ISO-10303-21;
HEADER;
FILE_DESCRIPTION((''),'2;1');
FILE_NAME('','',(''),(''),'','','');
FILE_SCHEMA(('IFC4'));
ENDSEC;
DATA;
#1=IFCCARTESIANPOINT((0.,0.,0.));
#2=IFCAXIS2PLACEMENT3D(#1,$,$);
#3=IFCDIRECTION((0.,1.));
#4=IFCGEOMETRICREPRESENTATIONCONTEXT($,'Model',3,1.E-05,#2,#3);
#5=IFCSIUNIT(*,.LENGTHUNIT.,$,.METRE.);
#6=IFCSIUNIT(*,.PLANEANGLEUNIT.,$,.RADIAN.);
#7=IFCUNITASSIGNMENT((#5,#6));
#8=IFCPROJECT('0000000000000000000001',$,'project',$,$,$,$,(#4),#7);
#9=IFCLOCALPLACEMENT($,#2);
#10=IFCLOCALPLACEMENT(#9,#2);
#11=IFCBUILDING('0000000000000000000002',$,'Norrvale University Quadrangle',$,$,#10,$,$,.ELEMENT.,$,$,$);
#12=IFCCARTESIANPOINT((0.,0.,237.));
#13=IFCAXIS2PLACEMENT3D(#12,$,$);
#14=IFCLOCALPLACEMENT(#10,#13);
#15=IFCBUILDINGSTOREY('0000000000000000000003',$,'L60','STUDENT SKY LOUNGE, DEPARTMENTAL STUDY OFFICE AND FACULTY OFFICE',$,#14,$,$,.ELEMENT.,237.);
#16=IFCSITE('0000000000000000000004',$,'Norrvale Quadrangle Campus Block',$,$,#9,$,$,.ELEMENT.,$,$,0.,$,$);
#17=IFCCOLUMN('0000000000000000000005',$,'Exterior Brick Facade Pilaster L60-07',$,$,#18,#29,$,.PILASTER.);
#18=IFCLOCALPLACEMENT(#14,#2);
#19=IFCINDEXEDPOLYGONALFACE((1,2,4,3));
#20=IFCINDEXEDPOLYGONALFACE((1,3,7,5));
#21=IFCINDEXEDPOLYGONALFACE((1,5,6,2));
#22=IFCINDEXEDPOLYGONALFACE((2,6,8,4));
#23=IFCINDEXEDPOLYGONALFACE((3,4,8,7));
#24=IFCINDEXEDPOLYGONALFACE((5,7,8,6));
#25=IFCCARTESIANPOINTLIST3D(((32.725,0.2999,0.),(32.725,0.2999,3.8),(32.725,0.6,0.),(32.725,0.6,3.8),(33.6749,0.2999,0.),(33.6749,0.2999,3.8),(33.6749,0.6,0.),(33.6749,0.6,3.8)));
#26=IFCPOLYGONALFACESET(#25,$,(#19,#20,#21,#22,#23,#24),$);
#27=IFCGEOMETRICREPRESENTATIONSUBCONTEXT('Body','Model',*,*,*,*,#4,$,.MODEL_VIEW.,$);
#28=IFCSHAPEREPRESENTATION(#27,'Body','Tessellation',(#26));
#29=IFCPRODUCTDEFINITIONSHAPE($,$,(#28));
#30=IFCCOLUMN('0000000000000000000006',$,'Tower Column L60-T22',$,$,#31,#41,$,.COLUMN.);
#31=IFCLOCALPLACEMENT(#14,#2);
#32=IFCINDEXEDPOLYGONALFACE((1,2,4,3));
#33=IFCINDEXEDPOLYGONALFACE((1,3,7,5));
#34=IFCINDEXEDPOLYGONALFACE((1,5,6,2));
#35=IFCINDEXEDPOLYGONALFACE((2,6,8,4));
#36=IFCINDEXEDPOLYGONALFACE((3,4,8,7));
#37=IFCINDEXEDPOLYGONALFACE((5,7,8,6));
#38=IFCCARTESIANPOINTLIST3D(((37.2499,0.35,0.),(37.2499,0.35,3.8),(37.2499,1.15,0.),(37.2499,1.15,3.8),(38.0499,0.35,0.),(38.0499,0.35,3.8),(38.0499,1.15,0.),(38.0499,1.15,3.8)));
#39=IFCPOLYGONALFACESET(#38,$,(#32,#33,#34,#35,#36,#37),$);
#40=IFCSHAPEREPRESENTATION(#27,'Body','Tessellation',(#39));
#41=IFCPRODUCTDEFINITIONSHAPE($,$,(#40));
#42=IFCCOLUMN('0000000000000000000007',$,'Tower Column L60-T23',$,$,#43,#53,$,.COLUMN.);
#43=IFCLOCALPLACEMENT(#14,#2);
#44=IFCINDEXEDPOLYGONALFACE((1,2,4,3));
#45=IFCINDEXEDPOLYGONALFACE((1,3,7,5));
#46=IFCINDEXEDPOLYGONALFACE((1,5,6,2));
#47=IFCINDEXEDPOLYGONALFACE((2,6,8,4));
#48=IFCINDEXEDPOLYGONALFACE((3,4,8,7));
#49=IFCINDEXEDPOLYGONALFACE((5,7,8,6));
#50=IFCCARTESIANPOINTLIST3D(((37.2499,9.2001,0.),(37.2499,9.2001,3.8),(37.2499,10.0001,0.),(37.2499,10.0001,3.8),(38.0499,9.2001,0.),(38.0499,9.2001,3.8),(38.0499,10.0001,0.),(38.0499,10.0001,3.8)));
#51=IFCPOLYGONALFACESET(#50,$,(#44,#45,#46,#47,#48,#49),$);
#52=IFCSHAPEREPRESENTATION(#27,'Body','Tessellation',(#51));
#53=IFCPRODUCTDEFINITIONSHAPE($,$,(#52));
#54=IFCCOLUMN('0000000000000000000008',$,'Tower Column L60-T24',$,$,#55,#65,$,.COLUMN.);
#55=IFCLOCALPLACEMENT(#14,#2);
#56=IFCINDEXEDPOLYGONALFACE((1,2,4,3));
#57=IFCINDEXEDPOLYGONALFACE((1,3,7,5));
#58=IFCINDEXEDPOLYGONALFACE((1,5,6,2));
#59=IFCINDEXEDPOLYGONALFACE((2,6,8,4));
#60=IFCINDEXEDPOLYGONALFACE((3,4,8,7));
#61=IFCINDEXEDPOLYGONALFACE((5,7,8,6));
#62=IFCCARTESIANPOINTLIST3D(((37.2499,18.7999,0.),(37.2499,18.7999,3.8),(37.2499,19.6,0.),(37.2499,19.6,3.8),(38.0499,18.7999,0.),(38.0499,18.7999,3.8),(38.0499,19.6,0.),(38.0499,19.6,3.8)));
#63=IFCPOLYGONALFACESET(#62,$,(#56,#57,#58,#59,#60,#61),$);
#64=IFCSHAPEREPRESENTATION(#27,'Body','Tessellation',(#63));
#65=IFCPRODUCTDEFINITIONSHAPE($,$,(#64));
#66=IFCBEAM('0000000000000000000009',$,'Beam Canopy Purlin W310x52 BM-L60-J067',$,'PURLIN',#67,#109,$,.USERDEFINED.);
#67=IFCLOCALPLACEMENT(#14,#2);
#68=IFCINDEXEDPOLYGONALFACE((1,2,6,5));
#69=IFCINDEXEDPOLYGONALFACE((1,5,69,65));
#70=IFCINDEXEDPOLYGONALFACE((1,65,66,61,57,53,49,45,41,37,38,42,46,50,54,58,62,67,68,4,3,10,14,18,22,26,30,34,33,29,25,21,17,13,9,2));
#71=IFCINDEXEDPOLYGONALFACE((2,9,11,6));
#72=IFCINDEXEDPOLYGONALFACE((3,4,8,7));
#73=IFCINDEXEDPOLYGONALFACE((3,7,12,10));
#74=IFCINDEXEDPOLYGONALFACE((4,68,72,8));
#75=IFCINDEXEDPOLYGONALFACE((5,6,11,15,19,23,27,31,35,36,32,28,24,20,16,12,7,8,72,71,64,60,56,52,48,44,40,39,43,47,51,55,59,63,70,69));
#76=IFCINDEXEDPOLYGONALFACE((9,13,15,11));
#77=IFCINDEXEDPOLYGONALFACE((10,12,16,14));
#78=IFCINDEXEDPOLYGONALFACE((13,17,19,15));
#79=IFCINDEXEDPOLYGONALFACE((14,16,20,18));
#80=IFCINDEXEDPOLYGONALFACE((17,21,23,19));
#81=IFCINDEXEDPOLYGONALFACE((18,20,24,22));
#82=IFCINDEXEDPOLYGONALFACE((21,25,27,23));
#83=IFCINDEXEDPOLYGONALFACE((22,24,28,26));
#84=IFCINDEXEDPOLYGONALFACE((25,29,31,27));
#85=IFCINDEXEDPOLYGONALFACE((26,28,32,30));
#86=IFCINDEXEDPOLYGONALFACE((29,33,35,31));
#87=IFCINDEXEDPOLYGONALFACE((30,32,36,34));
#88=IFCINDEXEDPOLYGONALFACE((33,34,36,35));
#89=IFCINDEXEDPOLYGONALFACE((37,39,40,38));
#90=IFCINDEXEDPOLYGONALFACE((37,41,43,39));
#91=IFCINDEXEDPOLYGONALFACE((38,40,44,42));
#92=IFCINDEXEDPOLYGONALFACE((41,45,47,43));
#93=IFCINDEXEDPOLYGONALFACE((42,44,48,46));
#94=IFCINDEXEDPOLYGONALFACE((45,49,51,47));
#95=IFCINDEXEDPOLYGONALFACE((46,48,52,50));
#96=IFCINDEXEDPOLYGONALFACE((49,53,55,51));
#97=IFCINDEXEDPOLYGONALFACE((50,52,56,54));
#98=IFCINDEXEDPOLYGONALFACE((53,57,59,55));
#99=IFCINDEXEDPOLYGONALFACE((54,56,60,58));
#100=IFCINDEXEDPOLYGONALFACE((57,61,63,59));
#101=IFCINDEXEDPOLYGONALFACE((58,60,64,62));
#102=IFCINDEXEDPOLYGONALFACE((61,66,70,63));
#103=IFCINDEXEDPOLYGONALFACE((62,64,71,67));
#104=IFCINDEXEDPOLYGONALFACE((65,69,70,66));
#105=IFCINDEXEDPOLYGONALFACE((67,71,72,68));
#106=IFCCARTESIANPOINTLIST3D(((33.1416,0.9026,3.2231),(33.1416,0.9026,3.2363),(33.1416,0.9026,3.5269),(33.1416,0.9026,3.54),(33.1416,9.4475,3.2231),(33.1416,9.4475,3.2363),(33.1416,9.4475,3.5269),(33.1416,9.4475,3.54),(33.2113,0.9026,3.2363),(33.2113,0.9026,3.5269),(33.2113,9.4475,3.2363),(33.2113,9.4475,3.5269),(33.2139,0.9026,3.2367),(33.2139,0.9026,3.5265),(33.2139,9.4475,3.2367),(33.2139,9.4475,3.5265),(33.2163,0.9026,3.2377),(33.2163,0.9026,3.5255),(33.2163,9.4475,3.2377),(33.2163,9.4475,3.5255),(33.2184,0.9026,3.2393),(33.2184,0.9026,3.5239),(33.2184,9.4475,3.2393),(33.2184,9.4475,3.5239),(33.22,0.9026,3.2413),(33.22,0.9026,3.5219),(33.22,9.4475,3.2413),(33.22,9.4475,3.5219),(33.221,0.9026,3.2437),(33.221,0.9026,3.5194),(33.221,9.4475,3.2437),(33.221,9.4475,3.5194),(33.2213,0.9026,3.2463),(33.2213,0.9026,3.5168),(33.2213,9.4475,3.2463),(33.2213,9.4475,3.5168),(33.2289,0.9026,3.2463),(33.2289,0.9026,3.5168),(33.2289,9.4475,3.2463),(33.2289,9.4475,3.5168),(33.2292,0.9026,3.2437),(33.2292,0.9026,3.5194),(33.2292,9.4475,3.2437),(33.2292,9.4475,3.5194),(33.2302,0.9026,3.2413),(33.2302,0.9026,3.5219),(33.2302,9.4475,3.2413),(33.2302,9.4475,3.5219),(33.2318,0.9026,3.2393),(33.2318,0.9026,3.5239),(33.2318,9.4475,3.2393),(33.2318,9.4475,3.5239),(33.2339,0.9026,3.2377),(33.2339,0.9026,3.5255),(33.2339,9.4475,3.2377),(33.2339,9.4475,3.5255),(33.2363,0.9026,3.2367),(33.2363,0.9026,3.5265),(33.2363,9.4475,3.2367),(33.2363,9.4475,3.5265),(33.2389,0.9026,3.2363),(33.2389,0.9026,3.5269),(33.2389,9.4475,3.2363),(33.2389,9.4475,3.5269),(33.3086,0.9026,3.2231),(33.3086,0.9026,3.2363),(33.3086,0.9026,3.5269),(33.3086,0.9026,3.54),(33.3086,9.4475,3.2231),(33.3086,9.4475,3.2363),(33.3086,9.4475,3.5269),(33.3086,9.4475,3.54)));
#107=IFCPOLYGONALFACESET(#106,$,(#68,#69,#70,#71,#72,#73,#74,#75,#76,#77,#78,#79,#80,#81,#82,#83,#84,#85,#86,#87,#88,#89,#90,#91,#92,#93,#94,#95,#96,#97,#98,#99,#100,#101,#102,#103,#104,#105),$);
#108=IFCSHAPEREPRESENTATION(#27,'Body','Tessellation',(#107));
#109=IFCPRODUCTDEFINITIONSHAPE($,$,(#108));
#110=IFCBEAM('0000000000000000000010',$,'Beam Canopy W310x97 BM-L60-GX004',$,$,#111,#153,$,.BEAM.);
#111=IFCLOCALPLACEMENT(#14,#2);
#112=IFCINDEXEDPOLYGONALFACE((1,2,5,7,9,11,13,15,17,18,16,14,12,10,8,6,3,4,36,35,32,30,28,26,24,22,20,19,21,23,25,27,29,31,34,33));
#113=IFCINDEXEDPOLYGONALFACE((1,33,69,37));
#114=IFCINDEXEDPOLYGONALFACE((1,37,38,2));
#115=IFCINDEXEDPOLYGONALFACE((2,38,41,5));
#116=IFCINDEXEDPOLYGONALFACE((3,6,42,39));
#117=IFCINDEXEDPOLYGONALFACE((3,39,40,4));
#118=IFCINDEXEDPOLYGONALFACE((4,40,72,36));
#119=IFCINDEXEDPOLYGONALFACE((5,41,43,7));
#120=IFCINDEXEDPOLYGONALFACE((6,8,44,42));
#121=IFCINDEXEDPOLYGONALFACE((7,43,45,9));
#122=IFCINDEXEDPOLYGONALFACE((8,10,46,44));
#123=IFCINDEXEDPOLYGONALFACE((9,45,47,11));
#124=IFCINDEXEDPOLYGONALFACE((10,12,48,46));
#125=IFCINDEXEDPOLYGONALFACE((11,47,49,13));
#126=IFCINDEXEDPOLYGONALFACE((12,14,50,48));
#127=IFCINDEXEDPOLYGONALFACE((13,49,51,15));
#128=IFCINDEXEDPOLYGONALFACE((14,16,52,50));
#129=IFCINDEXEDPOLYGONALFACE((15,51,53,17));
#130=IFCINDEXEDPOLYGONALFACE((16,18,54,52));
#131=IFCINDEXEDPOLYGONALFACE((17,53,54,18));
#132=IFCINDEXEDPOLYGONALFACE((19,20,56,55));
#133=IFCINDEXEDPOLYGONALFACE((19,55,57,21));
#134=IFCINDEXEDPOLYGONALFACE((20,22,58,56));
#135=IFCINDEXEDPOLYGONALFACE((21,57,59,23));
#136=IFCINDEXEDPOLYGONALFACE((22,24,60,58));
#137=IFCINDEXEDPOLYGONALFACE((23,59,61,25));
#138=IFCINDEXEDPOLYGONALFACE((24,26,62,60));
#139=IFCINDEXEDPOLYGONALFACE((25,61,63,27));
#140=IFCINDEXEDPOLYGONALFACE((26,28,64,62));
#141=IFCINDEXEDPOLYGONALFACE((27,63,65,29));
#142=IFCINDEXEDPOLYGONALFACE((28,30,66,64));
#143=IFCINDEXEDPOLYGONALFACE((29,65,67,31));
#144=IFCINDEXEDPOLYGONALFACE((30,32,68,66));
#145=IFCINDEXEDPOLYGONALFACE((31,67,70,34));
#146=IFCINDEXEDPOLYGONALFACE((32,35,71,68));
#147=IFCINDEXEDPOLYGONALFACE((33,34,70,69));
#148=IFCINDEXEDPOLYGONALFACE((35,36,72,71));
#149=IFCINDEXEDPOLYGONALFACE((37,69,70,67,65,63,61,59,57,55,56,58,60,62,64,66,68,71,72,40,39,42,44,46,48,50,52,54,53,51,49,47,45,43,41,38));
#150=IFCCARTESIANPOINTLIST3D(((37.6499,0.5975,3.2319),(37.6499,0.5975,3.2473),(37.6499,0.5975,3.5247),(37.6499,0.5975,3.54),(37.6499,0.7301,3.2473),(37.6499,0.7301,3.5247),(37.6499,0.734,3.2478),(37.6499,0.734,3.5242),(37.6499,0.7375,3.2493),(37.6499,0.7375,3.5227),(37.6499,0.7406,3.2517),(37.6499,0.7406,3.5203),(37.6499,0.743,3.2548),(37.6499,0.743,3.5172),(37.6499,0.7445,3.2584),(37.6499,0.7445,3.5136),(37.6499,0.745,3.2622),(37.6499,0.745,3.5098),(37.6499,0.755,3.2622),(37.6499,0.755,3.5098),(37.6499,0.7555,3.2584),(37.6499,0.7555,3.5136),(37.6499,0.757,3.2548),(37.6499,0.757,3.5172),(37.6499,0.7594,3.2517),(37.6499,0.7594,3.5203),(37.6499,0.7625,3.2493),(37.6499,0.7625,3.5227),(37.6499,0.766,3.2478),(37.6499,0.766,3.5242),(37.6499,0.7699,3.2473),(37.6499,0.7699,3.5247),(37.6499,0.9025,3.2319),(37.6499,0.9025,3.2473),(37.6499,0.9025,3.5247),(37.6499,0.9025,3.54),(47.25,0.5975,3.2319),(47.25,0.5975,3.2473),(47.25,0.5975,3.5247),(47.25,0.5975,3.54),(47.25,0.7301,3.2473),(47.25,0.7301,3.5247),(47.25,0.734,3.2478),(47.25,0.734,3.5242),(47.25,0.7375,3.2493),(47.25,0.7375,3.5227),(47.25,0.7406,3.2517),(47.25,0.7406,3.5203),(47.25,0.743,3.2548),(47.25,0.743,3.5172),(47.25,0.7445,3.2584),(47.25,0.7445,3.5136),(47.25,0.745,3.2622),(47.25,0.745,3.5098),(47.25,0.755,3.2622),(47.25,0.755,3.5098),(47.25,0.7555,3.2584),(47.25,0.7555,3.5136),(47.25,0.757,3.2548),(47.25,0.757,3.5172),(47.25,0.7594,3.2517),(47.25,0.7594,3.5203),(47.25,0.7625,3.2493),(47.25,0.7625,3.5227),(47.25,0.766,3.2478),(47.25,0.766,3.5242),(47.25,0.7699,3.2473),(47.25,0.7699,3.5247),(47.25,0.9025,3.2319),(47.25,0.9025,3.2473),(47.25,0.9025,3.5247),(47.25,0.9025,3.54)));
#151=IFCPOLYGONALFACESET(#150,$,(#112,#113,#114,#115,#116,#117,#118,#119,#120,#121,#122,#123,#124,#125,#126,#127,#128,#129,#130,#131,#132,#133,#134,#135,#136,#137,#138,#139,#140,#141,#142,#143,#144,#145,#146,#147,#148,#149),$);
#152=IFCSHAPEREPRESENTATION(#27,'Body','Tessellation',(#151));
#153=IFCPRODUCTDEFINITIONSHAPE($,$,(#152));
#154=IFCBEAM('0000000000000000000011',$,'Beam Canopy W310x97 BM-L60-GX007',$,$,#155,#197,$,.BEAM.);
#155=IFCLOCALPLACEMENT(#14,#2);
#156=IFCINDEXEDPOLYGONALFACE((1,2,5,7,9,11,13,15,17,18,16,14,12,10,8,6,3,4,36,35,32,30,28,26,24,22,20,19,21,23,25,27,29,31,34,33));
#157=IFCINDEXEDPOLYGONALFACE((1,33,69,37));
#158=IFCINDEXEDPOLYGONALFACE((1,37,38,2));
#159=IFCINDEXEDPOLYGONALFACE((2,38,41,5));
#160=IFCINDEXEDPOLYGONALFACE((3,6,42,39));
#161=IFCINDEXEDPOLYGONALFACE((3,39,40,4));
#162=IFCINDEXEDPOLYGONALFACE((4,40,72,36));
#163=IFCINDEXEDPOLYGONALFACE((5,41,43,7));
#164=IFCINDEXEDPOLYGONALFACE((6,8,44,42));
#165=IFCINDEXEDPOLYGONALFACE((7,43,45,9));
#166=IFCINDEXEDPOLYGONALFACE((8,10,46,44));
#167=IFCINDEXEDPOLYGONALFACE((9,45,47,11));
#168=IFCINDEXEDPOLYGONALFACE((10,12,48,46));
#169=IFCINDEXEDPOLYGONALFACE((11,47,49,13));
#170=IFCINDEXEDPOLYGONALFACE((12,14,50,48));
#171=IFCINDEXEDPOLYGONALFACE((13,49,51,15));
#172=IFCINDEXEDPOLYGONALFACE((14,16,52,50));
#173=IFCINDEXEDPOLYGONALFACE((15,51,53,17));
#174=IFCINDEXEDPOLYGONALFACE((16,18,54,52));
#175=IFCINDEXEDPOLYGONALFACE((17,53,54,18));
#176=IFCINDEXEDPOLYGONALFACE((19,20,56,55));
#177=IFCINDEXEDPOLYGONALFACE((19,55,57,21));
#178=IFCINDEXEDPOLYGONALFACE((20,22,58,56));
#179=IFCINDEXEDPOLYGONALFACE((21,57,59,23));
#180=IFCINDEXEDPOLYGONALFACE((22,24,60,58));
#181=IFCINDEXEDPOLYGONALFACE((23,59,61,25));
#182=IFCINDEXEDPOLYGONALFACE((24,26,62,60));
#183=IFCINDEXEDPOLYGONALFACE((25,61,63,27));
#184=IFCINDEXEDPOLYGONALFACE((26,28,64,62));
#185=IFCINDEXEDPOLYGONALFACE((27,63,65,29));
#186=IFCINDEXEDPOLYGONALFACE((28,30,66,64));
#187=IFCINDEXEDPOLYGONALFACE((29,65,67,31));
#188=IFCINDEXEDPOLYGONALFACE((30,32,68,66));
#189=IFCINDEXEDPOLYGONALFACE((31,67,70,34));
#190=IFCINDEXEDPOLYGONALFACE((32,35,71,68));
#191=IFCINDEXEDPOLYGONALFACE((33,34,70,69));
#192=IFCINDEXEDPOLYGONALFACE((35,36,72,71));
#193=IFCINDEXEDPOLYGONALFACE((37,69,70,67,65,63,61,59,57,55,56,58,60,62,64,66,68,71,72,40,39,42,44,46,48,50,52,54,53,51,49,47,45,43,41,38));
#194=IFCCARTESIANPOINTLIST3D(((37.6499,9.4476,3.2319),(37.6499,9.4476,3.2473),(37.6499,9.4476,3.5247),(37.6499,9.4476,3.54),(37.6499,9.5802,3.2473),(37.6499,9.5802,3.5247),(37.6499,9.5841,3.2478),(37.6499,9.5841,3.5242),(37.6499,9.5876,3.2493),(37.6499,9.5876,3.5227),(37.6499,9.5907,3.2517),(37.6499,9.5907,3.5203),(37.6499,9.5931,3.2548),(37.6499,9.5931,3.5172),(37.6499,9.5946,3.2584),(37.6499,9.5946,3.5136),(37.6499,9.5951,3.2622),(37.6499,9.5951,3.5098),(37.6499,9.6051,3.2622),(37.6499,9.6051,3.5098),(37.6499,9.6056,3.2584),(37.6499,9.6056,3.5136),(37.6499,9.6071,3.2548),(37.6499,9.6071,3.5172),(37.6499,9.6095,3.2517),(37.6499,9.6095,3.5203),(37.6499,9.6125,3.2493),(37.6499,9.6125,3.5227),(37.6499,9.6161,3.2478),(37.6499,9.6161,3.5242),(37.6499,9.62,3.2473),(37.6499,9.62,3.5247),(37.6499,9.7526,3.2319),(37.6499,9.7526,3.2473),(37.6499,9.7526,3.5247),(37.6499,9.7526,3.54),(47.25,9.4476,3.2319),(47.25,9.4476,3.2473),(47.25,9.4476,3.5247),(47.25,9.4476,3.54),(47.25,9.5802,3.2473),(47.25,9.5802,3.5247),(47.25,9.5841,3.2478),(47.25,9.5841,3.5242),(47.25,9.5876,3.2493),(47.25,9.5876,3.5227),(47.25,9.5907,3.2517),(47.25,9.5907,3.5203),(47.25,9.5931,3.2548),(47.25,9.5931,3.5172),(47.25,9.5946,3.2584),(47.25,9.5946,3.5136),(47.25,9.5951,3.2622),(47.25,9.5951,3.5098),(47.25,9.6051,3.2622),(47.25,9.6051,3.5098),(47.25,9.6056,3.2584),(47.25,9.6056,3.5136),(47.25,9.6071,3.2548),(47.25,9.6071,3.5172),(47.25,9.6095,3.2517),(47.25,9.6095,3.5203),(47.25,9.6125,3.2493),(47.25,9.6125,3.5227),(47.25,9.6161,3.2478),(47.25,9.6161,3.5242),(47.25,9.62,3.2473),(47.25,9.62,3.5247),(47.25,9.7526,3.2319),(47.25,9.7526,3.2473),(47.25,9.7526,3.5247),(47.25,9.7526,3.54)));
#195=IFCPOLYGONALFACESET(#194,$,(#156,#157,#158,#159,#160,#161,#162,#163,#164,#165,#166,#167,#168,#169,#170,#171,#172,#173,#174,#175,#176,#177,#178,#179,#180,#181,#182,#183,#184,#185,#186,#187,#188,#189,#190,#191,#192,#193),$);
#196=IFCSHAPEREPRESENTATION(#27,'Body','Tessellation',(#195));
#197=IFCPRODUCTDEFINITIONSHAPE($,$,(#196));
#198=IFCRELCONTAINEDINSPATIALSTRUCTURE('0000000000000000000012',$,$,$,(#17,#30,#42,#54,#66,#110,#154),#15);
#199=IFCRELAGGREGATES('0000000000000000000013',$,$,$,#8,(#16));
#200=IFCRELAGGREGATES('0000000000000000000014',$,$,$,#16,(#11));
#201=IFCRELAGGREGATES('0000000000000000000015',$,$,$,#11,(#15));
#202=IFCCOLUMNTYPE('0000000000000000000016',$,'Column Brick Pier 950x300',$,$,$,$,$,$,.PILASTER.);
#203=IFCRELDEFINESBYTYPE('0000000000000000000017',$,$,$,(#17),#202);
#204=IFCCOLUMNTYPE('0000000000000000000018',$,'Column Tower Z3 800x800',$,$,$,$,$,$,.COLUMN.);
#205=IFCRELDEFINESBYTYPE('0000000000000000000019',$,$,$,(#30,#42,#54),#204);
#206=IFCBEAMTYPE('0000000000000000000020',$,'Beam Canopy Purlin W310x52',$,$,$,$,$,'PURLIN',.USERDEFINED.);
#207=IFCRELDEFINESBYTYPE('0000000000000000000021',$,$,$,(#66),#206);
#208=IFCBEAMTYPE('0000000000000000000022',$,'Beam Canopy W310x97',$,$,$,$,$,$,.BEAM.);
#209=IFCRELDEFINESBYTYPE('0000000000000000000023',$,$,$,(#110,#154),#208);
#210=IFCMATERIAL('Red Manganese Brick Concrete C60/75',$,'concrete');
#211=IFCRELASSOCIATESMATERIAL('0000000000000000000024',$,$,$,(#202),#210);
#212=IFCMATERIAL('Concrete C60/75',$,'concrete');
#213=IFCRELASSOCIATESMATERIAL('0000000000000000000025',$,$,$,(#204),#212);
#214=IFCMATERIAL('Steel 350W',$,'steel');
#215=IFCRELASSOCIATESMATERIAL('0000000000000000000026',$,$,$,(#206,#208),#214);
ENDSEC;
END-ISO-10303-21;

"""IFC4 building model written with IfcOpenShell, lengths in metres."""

from ifc_helpers import new_model, si_unit, direction, frame, origin, origin_2d, place, context, subcontext, project, spatial, rectangle, i_section, extrude, material, material_profile, profile_set, type_object, element, save


model = new_model("IFC4")

# Units and contexts
model_context = context("Model", 3, precision=1e-05, world=origin(), true_north=direction((0.0, 1.0)))
body_context = subcontext(model_context, "Body", "Model", "MODEL_VIEW")
ifc_project = project(units=[si_unit("LENGTHUNIT", "METRE"), si_unit("PLANEANGLEUNIT", "RADIAN")], contexts=[model_context])

# Site, building, storey
site_placement = place(None, origin())
site = spatial("IfcSite", under=ifc_project, at=site_placement, Name="Norrvale Quadrangle Campus Block", CompositionType="ELEMENT", RefElevation=0.0)
building_placement = place(site_placement, origin())
building = spatial("IfcBuilding", under=site, at=building_placement, Name="Norrvale University Quadrangle", CompositionType="ELEMENT")
storey_placement = place(building_placement, frame((0.0, 0.0, 237.0)))
storey = spatial("IfcBuildingStorey", under=building, at=storey_placement, Name="L60", Description="STUDENT SKY LOUNGE, DEPARTMENTAL STUDY OFFICE AND FACULTY OFFICE", CompositionType="ELEMENT", Elevation=237.0)

# Columns
ifc_material_1 = material(Name="Red Manganese Brick Concrete C60/75", Category="concrete")
ifc_material_profile_1 = material_profile(ifc_material_1, rectangle(XDim=0.95, YDim=0.3, at=origin_2d()), Name="Red Manganese Brick Concrete C60/75")
ifc_profile_set_1 = profile_set([ifc_material_profile_1], Name="Red Manganese Brick Concrete C60/75")
column_type_1 = type_object("IfcColumnType", Name="Column Brick Pier 950x300", PredefinedType="PILASTER", material=ifc_profile_set_1)
column_placement = place(storey_placement, frame((33.2, 0.45, 0.0), z_axis=(0.0, 0.0, 1.0), x_axis=(1.0, 0.0, 0.0)))
element("IfcColumn", 1, at=column_placement, inside=storey, type_object=column_type_1, Name="Exterior Brick Facade Pilaster L60-07", PredefinedType="PILASTER", context=body_context, shape_type="SweptSolid", body=[
    extrude(rectangle(XDim=0.95, YDim=0.3, at=origin_2d()), origin(), (0.0, 0.0, 1.0), 3.8),
])
ifc_material_2 = material(Name="Concrete C60/75", Category="concrete")
ifc_material_profile_2 = material_profile(ifc_material_2, rectangle(XDim=0.8, YDim=0.8, at=origin_2d()), Name="Concrete C60/75")
ifc_profile_set_2 = profile_set([ifc_material_profile_2], Name="Concrete C60/75")
column_type_2 = type_object("IfcColumnType", Name="Column Tower Z3 800x800", PredefinedType="COLUMN", material=ifc_profile_set_2)
for number, where, z_axis, x_axis, name in (
    (2, (37.6499, 0.75, 0.0), (0.0, 0.0, 1.0), (1.0, 0.0, 0.0), "Tower Column L60-T22"),
    (3, (37.6499, 9.6001, 0.0), (0.0, 0.0, 1.0), (1.0, 0.0, 0.0), "Tower Column L60-T23"),
    (4, (37.6499, 19.2, 0.0), (0.0, 0.0, 1.0), (1.0, 0.0, 0.0), "Tower Column L60-T24"),
):
    element("IfcColumn", number, at=place(storey_placement, frame(where, z_axis=z_axis, x_axis=x_axis)), inside=storey, type_object=column_type_2, Name=name, PredefinedType="COLUMN", context=body_context, shape_type="SweptSolid", body=[
        extrude(rectangle(XDim=0.8, YDim=0.8, at=origin_2d()), origin(), (0.0, 0.0, 1.0), 3.8),
    ])

# Beams
ifc_material_3 = material(Name="Steel 350W", Category="steel")
ifc_material_profile_3 = material_profile(ifc_material_3, i_section(OverallWidth=0.167, OverallDepth=0.3169, WebThickness=0.0076, FlangeThickness=0.0132, FilletRadius=0.01, at=origin_2d()), Name="Steel 350W")
ifc_profile_set_3 = profile_set([ifc_material_profile_3], Name="Steel 350W")
beam_type_1 = type_object("IfcBeamType", Name="Beam Canopy Purlin W310x52", ElementType="PURLIN", PredefinedType="USERDEFINED", material=ifc_profile_set_3)
beam_1_placement = place(storey_placement, frame((33.2251, 0.9026, 3.3816), z_axis=(0.0, 1.0, 0.0), x_axis=(-1.0, 0.0, 0.0)))
element("IfcBeam", 5, at=beam_1_placement, inside=storey, type_object=beam_type_1, Name="Beam Canopy Purlin W310x52 BM-L60-J067", ObjectType="PURLIN", PredefinedType="USERDEFINED", context=body_context, shape_type="SweptSolid", body=[
    extrude(i_section(OverallWidth=0.167, OverallDepth=0.3169, WebThickness=0.0076, FlangeThickness=0.0132, FilletRadius=0.01, at=origin_2d()), origin(), (0.0, 0.0, 1.0), 8.5449),
])
ifc_material_profile_4 = material_profile(ifc_material_3, i_section(OverallWidth=0.3049, OverallDepth=0.3081, WebThickness=0.01, FlangeThickness=0.0154, FilletRadius=0.0149, at=origin_2d()), Name="Steel 350W")
ifc_profile_set_4 = profile_set([ifc_material_profile_4], Name="Steel 350W")
beam_type_2 = type_object("IfcBeamType", Name="Beam Canopy W310x97", PredefinedType="BEAM", material=ifc_profile_set_4)
for number, where, z_axis, x_axis, name in (
    (6, (37.6499, 0.75, 3.386), (1.0, 0.0, 0.0), (0.0, 1.0, 0.0), "Beam Canopy W310x97 BM-L60-GX004"),
    (7, (37.6499, 9.6001, 3.386), (1.0, 0.0, 0.0), (0.0, 1.0, 0.0), "Beam Canopy W310x97 BM-L60-GX007"),
):
    element("IfcBeam", number, at=place(storey_placement, frame(where, z_axis=z_axis, x_axis=x_axis)), inside=storey, type_object=beam_type_2, Name=name, PredefinedType="BEAM", context=body_context, shape_type="SweptSolid", body=[
        extrude(i_section(OverallWidth=0.3049, OverallDepth=0.3081, WebThickness=0.01, FlangeThickness=0.0154, FilletRadius=0.0149, at=origin_2d()), origin(), (0.0, 0.0, 1.0), 9.6001),
    ])

save(model, "model.ifc")
